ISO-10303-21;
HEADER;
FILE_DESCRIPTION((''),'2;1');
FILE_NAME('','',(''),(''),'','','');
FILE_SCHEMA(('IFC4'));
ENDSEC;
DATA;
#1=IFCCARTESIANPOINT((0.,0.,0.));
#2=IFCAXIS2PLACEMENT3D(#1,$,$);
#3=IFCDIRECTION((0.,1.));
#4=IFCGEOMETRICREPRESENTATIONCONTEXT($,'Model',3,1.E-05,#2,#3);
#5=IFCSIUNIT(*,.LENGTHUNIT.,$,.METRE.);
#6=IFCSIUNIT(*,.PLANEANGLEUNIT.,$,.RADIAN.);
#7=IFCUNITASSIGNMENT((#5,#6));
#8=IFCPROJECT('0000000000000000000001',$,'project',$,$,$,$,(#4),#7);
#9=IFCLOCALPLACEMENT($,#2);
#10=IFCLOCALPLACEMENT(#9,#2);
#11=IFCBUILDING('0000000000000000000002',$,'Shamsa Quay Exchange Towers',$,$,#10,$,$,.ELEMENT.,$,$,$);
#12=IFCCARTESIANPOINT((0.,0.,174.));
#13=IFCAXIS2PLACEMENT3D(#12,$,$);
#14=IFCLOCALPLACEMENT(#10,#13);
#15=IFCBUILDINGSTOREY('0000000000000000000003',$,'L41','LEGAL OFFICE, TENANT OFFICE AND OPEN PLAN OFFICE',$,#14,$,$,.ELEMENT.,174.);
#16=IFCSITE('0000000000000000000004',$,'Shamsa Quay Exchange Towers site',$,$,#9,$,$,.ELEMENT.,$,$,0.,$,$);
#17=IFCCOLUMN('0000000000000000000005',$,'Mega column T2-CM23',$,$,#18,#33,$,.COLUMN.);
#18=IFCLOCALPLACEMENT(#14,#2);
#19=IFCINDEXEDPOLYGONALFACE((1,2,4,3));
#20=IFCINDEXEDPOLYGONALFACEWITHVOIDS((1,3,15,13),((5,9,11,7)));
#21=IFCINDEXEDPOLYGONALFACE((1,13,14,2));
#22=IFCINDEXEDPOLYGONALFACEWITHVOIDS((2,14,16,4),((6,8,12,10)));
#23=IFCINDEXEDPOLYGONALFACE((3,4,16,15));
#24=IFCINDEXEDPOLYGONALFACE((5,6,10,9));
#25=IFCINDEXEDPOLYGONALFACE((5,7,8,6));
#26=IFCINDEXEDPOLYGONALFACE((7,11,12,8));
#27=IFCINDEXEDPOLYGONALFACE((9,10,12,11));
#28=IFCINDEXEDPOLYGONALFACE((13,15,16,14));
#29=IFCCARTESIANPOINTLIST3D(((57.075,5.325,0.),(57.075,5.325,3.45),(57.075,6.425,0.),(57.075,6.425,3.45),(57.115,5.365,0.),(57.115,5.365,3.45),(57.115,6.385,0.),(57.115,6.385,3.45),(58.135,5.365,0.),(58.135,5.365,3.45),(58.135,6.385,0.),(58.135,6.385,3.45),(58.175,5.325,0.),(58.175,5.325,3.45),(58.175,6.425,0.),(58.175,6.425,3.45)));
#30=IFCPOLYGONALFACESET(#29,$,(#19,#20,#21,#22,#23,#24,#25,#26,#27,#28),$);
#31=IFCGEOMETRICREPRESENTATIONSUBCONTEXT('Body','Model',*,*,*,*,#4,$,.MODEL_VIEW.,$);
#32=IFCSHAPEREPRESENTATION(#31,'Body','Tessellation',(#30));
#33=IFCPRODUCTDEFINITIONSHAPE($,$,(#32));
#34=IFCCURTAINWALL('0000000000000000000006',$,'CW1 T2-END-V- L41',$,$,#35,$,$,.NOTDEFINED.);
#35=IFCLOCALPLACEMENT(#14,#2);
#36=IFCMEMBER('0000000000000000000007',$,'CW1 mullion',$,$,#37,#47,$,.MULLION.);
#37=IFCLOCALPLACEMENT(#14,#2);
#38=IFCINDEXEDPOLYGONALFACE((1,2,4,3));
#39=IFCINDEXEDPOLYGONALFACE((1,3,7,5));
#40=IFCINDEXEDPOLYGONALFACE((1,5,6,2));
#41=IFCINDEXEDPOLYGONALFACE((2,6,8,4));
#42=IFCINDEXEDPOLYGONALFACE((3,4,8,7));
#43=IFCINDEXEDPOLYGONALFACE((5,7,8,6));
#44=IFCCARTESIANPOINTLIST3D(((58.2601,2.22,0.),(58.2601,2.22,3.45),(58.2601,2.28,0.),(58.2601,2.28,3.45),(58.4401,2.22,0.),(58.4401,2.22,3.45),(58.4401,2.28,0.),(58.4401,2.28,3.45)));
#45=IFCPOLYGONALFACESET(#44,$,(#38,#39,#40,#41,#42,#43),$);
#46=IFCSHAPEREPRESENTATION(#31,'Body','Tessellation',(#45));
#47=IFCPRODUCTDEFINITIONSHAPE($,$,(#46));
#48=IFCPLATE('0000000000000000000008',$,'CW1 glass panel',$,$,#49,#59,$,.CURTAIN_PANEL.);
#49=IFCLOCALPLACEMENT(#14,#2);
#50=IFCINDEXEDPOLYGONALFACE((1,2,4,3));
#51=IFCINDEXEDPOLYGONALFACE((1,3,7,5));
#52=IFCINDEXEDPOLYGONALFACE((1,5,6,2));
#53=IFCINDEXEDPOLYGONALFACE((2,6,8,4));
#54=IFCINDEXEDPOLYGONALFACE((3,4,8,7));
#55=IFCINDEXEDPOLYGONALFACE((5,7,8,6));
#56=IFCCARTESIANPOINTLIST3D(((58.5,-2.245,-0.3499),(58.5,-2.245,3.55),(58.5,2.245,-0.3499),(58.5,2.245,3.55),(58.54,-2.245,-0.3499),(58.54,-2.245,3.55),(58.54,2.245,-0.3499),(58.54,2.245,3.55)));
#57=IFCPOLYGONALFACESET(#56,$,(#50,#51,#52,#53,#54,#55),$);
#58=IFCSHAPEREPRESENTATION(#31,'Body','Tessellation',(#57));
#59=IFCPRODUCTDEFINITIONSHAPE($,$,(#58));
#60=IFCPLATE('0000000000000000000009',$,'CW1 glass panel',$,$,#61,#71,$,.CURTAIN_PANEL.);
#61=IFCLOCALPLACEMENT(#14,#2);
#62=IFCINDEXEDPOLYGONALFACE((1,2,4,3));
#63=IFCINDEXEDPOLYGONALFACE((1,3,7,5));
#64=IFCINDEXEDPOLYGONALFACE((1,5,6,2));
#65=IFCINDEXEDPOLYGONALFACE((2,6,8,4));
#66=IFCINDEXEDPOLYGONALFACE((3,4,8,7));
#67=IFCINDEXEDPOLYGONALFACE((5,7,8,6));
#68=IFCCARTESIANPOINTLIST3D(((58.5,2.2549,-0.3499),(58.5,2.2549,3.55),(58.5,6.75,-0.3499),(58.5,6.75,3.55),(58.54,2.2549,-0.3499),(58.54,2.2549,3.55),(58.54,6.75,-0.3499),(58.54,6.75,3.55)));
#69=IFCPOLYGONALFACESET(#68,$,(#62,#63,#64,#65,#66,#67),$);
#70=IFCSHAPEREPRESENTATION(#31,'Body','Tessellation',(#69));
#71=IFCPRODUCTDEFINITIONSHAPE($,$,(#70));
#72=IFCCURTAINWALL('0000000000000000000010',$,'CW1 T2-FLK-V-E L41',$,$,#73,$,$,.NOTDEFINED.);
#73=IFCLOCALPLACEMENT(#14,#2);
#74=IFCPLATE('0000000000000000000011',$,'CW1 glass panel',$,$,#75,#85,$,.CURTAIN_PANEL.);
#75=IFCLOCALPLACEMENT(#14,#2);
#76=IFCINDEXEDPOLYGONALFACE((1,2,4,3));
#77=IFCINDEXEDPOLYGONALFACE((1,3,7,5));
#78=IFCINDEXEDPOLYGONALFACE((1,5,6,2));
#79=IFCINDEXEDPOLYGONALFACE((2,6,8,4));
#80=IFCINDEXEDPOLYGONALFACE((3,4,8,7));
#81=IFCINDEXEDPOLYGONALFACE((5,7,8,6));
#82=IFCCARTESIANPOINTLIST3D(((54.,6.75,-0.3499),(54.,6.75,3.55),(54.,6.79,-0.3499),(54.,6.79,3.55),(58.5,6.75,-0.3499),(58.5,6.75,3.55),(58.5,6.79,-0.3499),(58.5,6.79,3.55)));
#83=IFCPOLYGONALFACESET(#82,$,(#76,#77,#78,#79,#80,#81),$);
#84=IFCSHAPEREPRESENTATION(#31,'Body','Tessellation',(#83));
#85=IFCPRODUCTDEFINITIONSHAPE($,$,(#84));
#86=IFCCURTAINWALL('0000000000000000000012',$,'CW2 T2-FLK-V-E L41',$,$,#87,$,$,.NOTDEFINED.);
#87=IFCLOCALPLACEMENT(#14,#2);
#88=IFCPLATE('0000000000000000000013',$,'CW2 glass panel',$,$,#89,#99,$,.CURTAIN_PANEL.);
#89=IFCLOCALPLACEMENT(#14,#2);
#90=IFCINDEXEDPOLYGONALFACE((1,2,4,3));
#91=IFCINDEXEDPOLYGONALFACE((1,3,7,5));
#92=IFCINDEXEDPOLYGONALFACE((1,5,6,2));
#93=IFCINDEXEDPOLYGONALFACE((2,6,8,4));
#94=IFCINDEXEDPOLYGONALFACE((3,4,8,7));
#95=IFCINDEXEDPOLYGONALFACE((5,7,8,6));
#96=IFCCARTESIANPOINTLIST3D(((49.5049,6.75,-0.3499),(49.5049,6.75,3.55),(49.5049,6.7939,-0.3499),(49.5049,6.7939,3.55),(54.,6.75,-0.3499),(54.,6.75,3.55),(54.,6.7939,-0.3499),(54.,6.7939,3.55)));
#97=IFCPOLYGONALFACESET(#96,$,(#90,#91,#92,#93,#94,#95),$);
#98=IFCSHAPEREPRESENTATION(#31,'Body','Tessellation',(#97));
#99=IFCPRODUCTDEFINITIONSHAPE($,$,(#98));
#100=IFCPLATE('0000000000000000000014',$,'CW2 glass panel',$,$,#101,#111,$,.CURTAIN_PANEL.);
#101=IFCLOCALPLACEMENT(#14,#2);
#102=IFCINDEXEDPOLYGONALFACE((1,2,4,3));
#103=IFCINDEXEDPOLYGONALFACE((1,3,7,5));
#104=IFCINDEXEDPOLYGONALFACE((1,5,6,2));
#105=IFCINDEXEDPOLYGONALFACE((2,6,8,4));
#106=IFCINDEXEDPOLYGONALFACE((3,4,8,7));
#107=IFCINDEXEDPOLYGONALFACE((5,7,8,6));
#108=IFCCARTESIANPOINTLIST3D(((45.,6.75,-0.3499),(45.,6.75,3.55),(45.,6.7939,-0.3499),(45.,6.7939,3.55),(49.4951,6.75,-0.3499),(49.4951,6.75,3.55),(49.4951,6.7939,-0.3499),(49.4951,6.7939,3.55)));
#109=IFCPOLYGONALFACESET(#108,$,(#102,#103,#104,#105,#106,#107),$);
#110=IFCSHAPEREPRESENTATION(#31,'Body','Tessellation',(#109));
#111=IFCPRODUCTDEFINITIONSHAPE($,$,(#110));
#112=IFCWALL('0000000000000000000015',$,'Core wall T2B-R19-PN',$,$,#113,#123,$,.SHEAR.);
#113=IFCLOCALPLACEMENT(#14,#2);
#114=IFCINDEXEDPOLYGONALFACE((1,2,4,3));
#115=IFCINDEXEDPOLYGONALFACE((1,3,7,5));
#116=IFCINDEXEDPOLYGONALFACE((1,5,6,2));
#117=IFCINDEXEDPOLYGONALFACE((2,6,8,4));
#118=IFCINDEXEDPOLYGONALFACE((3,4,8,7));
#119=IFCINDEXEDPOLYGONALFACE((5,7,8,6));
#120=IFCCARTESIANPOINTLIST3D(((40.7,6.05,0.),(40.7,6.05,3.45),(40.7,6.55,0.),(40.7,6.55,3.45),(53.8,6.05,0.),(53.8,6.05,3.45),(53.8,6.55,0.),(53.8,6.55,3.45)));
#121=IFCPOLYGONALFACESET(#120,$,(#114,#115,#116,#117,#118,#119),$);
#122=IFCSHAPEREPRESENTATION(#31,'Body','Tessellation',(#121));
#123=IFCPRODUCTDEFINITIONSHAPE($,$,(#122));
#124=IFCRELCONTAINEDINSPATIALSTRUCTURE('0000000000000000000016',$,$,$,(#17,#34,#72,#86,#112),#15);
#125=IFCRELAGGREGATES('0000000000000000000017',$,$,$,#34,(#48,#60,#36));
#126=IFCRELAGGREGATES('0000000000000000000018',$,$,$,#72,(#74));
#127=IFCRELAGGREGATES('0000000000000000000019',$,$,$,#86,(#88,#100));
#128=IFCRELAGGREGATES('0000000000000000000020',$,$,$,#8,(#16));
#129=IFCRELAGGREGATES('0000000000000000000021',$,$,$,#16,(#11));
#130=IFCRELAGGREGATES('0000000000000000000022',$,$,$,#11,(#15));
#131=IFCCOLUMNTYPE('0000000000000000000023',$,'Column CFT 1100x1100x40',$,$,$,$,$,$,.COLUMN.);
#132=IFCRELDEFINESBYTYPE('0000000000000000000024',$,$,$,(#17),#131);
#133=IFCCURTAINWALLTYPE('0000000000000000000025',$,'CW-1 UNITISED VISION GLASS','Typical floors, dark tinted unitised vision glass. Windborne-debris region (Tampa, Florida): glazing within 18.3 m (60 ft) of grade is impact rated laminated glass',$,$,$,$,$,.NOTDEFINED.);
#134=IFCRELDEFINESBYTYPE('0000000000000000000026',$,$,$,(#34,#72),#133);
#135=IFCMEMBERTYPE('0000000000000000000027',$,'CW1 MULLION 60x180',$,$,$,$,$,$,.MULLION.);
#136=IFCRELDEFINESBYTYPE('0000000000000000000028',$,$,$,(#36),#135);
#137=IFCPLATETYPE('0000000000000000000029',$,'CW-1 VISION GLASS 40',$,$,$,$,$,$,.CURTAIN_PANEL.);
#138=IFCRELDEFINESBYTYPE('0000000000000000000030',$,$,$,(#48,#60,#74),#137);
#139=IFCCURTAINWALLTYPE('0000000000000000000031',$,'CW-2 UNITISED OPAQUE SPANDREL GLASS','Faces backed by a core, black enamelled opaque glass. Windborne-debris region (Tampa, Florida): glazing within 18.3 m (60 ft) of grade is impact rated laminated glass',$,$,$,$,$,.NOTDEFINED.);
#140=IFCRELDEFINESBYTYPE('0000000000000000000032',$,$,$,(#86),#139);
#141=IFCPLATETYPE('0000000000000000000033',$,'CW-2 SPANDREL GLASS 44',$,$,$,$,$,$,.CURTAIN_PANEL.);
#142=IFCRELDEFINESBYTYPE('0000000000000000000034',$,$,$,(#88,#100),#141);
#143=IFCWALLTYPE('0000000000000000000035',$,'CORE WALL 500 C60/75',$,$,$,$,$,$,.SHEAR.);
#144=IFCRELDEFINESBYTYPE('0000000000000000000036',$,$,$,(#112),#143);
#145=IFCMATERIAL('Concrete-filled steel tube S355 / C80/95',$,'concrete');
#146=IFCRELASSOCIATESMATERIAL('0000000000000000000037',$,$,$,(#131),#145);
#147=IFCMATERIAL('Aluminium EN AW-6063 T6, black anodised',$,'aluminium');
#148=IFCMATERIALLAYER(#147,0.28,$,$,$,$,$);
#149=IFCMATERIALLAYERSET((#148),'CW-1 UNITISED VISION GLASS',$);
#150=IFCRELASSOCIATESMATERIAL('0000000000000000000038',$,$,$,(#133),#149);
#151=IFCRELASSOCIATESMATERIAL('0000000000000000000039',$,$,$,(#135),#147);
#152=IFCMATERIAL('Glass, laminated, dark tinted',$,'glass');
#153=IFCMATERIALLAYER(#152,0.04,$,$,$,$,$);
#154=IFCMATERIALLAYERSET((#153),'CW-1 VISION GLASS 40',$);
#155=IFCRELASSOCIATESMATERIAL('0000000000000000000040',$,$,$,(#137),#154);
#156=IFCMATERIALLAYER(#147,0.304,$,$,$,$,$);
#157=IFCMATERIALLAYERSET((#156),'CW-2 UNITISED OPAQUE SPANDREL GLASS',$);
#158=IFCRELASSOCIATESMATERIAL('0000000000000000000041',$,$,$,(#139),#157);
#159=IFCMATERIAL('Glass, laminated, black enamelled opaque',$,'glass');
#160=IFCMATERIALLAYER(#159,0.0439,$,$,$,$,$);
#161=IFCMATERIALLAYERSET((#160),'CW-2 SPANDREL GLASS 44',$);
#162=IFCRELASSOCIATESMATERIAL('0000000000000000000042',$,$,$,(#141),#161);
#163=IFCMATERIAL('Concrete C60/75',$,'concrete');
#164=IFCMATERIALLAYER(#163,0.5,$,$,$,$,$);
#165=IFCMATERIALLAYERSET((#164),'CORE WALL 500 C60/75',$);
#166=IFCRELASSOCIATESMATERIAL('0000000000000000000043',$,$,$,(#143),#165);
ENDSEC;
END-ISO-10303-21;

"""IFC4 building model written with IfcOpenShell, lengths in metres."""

from ifc_helpers import new_model, si_unit, direction, frame, frame_2d, origin, origin_2d, place, context, subcontext, project, spatial, rectangle, hollow_rectangle, extrude, material, layer, layer_set, material_profile, profile_set, type_object, element, aggregate, save


model = new_model("IFC4")

# Units and contexts
model_context = context("Model", 3, precision=1e-05, world=origin(), true_north=direction((0.0, 1.0)))
body_context = subcontext(model_context, "Body", "Model", "MODEL_VIEW")
ifc_project = project(units=[si_unit("LENGTHUNIT", "METRE"), si_unit("PLANEANGLEUNIT", "RADIAN")], contexts=[model_context])

# Site, building, storey
site_placement = place(None, origin())
site = spatial("IfcSite", under=ifc_project, at=site_placement, Name="Shamsa Quay Exchange Towers site", CompositionType="ELEMENT", RefElevation=0.0)
building_placement = place(site_placement, origin())
building = spatial("IfcBuilding", under=site, at=building_placement, Name="Shamsa Quay Exchange Towers", CompositionType="ELEMENT")
storey_placement = place(building_placement, frame((0.0, 0.0, 174.0)))
storey = spatial("IfcBuildingStorey", under=building, at=storey_placement, Name="L41", Description="LEGAL OFFICE, TENANT OFFICE AND OPEN PLAN OFFICE", CompositionType="ELEMENT", Elevation=174.0)

# Column
ifc_material_1 = material(Name="Concrete-filled steel tube S355 / C80/95", Category="concrete")
ifc_material_profile_1 = material_profile(ifc_material_1, hollow_rectangle(XDim=1.1001, YDim=1.1001, WallThickness=0.04, at=origin_2d()), Name="CFT 1100x1100x40")
ifc_profile_set_1 = profile_set([ifc_material_profile_1], Name="Concrete-filled steel tube S355 / C80/95")
column_type = type_object("IfcColumnType", Name="Column CFT 1100x1100x40", PredefinedType="COLUMN", material=ifc_profile_set_1)
column_placement = place(storey_placement, frame((57.625, 5.875, 0.0)))
element("IfcColumn", 1, at=column_placement, inside=storey, type_object=column_type, Name="Mega column T2-CM23", PredefinedType="COLUMN", context=body_context, shape_type="SweptSolid", body=[
    extrude(hollow_rectangle(XDim=1.1001, YDim=1.1001, WallThickness=0.04, at=origin_2d()), origin(), (0.0, 0.0, 1.0), 3.45),
])

# Curtain wall, member, plates
ifc_material_2 = material(Name="Aluminium EN AW-6063 T6, black anodised", Category="aluminium")
ifc_layer_1 = layer(ifc_material_2, 0.28)
ifc_layer_set_1 = layer_set([ifc_layer_1], Name="CW-1 UNITISED VISION GLASS")
curtain_wall_type_1 = type_object("IfcCurtainWallType", Name="CW-1 UNITISED VISION GLASS", Description="Typical floors, dark tinted unitised vision glass. Windborne-debris region (Tampa, Florida): glazing within 18.3 m (60 ft) of grade is impact rated laminated glass", PredefinedType="NOTDEFINED", material=ifc_layer_set_1)
curtain_wall_1_placement = place(storey_placement, origin())
curtain_wall_1 = element("IfcCurtainWall", 2, at=curtain_wall_1_placement, inside=storey, type_object=curtain_wall_type_1, Name="CW1 T2-END-V- L41", PredefinedType="NOTDEFINED")
ifc_material_profile_2 = material_profile(ifc_material_2, rectangle(XDim=0.1799, YDim=0.0601, at=origin_2d()), Name="MU60x180")
ifc_profile_set_2 = profile_set([ifc_material_profile_2], Name="Aluminium EN AW-6063 T6, black anodised")
member_type = type_object("IfcMemberType", Name="CW1 MULLION 60x180", PredefinedType="MULLION", material=ifc_profile_set_2)
member_placement = place(storey_placement, frame((58.3501, 2.25, 0.0), z_axis=(0.0, 0.0, 1.0), x_axis=(-1.0, 0.0, 0.0)))
member = element("IfcMember", 3, at=member_placement, type_object=member_type, Name="CW1 mullion", PredefinedType="MULLION", context=body_context, shape_type="SweptSolid", body=[
    extrude(rectangle(XDim=0.1799, YDim=0.0601, at=origin_2d()), origin(), (0.0, 0.0, 1.0), 3.45),
])
ifc_material_3 = material(Name="Glass, laminated, dark tinted", Category="glass")
ifc_layer_2 = layer(ifc_material_3, 0.04)
ifc_layer_set_2 = layer_set([ifc_layer_2], Name="CW-1 VISION GLASS 40")
plate_type_1 = type_object("IfcPlateType", Name="CW-1 VISION GLASS 40", PredefinedType="CURTAIN_PANEL", material=ifc_layer_set_2)
plate_1_placement = place(storey_placement, frame((58.52, 0.0, -0.3499), z_axis=(0.0, 0.0, 1.0), x_axis=(0.0, 1.0, 0.0)))
plate_1 = element("IfcPlate", 4, at=plate_1_placement, type_object=plate_type_1, Name="CW1 glass panel", PredefinedType="CURTAIN_PANEL", context=body_context, shape_type="SweptSolid", body=[
    extrude(rectangle(XDim=4.49, YDim=0.04, at=origin_2d()), origin(), (0.0, 0.0, 1.0), 3.8999),
])
plate_2_placement = place(storey_placement, frame((58.52, 4.5024, -0.3499), z_axis=(0.0, 0.0, 1.0), x_axis=(0.0, 1.0, 0.0)))
plate_2 = element("IfcPlate", 5, at=plate_2_placement, type_object=plate_type_1, Name="CW1 glass panel", PredefinedType="CURTAIN_PANEL", context=body_context, shape_type="SweptSolid", body=[
    extrude(rectangle(XDim=4.4951, YDim=0.04, at=origin_2d()), origin(), (0.0, 0.0, 1.0), 3.8999),
])
aggregate(curtain_wall_1, [plate_1, plate_2, member])

# Curtain wall, plate
curtain_wall_2_placement = place(storey_placement, origin())
curtain_wall_2 = element("IfcCurtainWall", 6, at=curtain_wall_2_placement, inside=storey, type_object=curtain_wall_type_1, Name="CW1 T2-FLK-V-E L41", PredefinedType="NOTDEFINED")
plate_3_placement = place(storey_placement, frame((56.25, 6.77, -0.3499), z_axis=(0.0, 0.0, 1.0), x_axis=(-1.0, 0.0, 0.0)))
plate_3 = element("IfcPlate", 7, at=plate_3_placement, type_object=plate_type_1, Name="CW1 glass panel", PredefinedType="CURTAIN_PANEL", context=body_context, shape_type="SweptSolid", body=[
    extrude(rectangle(XDim=4.5, YDim=0.04, at=origin_2d()), origin(), (0.0, 0.0, 1.0), 3.8999),
])
aggregate(curtain_wall_2, [plate_3])

# Curtain wall, plates
ifc_layer_3 = layer(ifc_material_2, 0.304)
ifc_layer_set_3 = layer_set([ifc_layer_3], Name="CW-2 UNITISED OPAQUE SPANDREL GLASS")
curtain_wall_type_2 = type_object("IfcCurtainWallType", Name="CW-2 UNITISED OPAQUE SPANDREL GLASS", Description="Faces backed by a core, black enamelled opaque glass. Windborne-debris region (Tampa, Florida): glazing within 18.3 m (60 ft) of grade is impact rated laminated glass", PredefinedType="NOTDEFINED", material=ifc_layer_set_3)
curtain_wall_3_placement = place(storey_placement, origin())
curtain_wall_3 = element("IfcCurtainWall", 8, at=curtain_wall_3_placement, inside=storey, type_object=curtain_wall_type_2, Name="CW2 T2-FLK-V-E L41", PredefinedType="NOTDEFINED")
ifc_material_4 = material(Name="Glass, laminated, black enamelled opaque", Category="glass")
ifc_layer_4 = layer(ifc_material_4, 0.0439)
ifc_layer_set_4 = layer_set([ifc_layer_4], Name="CW-2 SPANDREL GLASS 44")
plate_type_2 = type_object("IfcPlateType", Name="CW-2 SPANDREL GLASS 44", PredefinedType="CURTAIN_PANEL", material=ifc_layer_set_4)
plate_4_placement = place(storey_placement, frame((51.7524, 6.772, -0.3499), z_axis=(0.0, 0.0, 1.0), x_axis=(-1.0, 0.0, 0.0)))
plate_4 = element("IfcPlate", 9, at=plate_4_placement, type_object=plate_type_2, Name="CW2 glass panel", PredefinedType="CURTAIN_PANEL", context=body_context, shape_type="SweptSolid", body=[
    extrude(rectangle(XDim=4.4951, YDim=0.0439, at=origin_2d()), origin(), (0.0, 0.0, 1.0), 3.8999),
])
plate_5_placement = place(storey_placement, frame((47.2476, 6.772, -0.3499), z_axis=(0.0, 0.0, 1.0), x_axis=(-1.0, 0.0, 0.0)))
plate_5 = element("IfcPlate", 10, at=plate_5_placement, type_object=plate_type_2, Name="CW2 glass panel", PredefinedType="CURTAIN_PANEL", context=body_context, shape_type="SweptSolid", body=[
    extrude(rectangle(XDim=4.4951, YDim=0.0439, at=origin_2d()), origin(), (0.0, 0.0, 1.0), 3.8999),
])
aggregate(curtain_wall_3, [plate_4, plate_5])

# Wall
ifc_material_5 = material(Name="Concrete C60/75", Category="concrete")
ifc_layer_5 = layer(ifc_material_5, 0.5)
ifc_layer_set_5 = layer_set([ifc_layer_5], Name="CORE WALL 500 C60/75")
wall_type_1 = type_object("IfcWallType", Name="CORE WALL 500 C60/75", PredefinedType="SHEAR", material=ifc_layer_set_5)
wall_1_placement = place(storey_placement, frame((53.8, 6.3, 0.0), z_axis=(0.0, 0.0, 1.0), x_axis=(-1.0, 0.0, 0.0)))
element("IfcWall", 11, at=wall_1_placement, inside=storey, type_object=wall_type_1, Name="Core wall T2B-R19-PN", PredefinedType="SHEAR", context=body_context, shape_type="SweptSolid", body=[
    extrude(rectangle(XDim=13.1001, YDim=0.5, at=frame_2d((6.55, 0.0))), origin(), (0.0, 0.0, 1.0), 3.45),
])

save(model, "model.ifc")
